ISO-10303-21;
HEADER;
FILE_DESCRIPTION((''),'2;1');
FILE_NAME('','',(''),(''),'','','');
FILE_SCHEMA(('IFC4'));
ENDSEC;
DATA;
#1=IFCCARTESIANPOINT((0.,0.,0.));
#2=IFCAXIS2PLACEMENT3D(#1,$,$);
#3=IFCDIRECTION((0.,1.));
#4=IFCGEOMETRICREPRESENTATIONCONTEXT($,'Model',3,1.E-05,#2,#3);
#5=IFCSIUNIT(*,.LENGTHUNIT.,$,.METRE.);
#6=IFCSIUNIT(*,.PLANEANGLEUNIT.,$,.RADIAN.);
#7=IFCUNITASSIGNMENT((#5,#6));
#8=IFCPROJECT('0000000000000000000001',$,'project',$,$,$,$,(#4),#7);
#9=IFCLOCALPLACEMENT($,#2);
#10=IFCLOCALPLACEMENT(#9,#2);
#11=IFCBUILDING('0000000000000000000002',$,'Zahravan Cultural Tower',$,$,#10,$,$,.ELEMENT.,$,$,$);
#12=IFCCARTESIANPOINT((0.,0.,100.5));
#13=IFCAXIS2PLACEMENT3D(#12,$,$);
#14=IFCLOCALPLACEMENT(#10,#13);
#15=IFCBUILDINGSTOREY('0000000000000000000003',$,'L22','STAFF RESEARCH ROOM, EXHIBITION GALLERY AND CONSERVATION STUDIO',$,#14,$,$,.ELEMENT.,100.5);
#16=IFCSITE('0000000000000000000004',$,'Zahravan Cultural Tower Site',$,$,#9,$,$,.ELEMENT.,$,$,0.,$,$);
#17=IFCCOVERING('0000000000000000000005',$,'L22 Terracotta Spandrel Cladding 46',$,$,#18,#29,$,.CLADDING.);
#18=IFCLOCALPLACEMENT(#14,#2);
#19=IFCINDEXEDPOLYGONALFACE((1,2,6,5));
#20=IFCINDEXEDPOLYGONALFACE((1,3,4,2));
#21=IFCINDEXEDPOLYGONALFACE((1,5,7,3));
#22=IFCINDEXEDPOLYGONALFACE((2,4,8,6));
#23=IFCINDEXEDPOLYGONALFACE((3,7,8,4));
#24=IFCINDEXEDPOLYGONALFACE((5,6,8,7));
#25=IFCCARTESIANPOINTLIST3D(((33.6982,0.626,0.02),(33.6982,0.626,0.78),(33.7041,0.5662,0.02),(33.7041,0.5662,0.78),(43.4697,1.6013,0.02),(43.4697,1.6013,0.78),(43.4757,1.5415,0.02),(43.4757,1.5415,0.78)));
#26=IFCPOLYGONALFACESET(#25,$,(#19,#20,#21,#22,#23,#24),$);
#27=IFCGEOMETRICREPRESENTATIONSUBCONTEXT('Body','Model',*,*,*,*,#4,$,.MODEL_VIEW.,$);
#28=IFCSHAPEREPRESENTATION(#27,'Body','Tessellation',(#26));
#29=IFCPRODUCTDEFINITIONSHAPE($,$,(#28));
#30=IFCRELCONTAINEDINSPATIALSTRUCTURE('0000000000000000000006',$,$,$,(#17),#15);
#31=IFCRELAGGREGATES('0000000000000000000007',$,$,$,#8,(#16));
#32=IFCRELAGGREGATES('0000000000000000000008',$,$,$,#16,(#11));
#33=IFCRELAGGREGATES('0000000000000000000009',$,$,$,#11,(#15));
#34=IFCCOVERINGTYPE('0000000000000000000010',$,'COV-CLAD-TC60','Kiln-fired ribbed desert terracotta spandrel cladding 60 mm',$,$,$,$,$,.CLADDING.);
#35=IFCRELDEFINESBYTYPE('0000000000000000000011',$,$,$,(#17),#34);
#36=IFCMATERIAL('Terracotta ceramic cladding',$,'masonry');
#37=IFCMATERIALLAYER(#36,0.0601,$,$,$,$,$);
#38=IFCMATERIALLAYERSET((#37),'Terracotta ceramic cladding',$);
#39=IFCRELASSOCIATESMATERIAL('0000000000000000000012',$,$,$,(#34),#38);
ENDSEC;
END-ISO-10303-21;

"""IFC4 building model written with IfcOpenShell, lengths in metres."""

from ifc_helpers import new_model, si_unit, direction, frame, origin, origin_2d, place, context, subcontext, project, spatial, rectangle, extrude, source, transform, mapped, material, layer, layer_set, type_object, element, save


model = new_model("IFC4")

# Units and contexts
model_context = context("Model", 3, precision=1e-05, world=origin(), true_north=direction((0.0, 1.0)))
body_context = subcontext(model_context, "Body", "Model", "MODEL_VIEW")
ifc_project = project(units=[si_unit("LENGTHUNIT", "METRE"), si_unit("PLANEANGLEUNIT", "RADIAN")], contexts=[model_context])

# Site, building, storey
site_placement = place(None, origin())
site = spatial("IfcSite", under=ifc_project, at=site_placement, Name="Zahravan Cultural Tower Site", CompositionType="ELEMENT", RefElevation=0.0)
building_placement = place(site_placement, origin())
building = spatial("IfcBuilding", under=site, at=building_placement, Name="Zahravan Cultural Tower", CompositionType="ELEMENT")
storey_placement = place(building_placement, frame((0.0, 0.0, 100.5)))
storey = spatial("IfcBuildingStorey", under=building, at=storey_placement, Name="L22", Description="STAFF RESEARCH ROOM, EXHIBITION GALLERY AND CONSERVATION STUDIO", CompositionType="ELEMENT", Elevation=100.5)

# Covering
ifc_material_1 = material(Name="Terracotta ceramic cladding", Category="masonry")
ifc_layer_1 = layer(ifc_material_1, 0.0601)
ifc_layer_set_1 = layer_set([ifc_layer_1], Name="Terracotta ceramic cladding")
covering_type = type_object("IfcCoveringType", Name="COV-CLAD-TC60", Description="Kiln-fired ribbed desert terracotta spandrel cladding 60 mm", PredefinedType="CLADDING", material=ifc_layer_set_1)
shared_shape_1 = source(origin(), body_context, "Body", "SweptSolid", [
    extrude(rectangle(XDim=9.8201, YDim=0.0601, at=origin_2d()), origin(), (0.0, 0.0, 1.0), 0.76),
])
covering_placement = place(storey_placement, frame((38.5869, 1.0837, 0.02), z_axis=(0.0, 0.0, 1.0), x_axis=(-0.995056, -0.09932, 0.0)))
element("IfcCovering", 1, at=covering_placement, inside=storey, type_object=covering_type, Name="L22 Terracotta Spandrel Cladding 46", PredefinedType="CLADDING", context=body_context, shape_type="MappedRepresentation", body=[
    mapped(shared_shape_1, transform((0.0, 0.0, 0.0), x_axis=(1.0, 0.0, 0.0), y_axis=(0.0, 1.0, 0.0), z_axis=(0.0, 0.0, 1.0), scale=1.0)),
])

save(model, "model.ifc")
